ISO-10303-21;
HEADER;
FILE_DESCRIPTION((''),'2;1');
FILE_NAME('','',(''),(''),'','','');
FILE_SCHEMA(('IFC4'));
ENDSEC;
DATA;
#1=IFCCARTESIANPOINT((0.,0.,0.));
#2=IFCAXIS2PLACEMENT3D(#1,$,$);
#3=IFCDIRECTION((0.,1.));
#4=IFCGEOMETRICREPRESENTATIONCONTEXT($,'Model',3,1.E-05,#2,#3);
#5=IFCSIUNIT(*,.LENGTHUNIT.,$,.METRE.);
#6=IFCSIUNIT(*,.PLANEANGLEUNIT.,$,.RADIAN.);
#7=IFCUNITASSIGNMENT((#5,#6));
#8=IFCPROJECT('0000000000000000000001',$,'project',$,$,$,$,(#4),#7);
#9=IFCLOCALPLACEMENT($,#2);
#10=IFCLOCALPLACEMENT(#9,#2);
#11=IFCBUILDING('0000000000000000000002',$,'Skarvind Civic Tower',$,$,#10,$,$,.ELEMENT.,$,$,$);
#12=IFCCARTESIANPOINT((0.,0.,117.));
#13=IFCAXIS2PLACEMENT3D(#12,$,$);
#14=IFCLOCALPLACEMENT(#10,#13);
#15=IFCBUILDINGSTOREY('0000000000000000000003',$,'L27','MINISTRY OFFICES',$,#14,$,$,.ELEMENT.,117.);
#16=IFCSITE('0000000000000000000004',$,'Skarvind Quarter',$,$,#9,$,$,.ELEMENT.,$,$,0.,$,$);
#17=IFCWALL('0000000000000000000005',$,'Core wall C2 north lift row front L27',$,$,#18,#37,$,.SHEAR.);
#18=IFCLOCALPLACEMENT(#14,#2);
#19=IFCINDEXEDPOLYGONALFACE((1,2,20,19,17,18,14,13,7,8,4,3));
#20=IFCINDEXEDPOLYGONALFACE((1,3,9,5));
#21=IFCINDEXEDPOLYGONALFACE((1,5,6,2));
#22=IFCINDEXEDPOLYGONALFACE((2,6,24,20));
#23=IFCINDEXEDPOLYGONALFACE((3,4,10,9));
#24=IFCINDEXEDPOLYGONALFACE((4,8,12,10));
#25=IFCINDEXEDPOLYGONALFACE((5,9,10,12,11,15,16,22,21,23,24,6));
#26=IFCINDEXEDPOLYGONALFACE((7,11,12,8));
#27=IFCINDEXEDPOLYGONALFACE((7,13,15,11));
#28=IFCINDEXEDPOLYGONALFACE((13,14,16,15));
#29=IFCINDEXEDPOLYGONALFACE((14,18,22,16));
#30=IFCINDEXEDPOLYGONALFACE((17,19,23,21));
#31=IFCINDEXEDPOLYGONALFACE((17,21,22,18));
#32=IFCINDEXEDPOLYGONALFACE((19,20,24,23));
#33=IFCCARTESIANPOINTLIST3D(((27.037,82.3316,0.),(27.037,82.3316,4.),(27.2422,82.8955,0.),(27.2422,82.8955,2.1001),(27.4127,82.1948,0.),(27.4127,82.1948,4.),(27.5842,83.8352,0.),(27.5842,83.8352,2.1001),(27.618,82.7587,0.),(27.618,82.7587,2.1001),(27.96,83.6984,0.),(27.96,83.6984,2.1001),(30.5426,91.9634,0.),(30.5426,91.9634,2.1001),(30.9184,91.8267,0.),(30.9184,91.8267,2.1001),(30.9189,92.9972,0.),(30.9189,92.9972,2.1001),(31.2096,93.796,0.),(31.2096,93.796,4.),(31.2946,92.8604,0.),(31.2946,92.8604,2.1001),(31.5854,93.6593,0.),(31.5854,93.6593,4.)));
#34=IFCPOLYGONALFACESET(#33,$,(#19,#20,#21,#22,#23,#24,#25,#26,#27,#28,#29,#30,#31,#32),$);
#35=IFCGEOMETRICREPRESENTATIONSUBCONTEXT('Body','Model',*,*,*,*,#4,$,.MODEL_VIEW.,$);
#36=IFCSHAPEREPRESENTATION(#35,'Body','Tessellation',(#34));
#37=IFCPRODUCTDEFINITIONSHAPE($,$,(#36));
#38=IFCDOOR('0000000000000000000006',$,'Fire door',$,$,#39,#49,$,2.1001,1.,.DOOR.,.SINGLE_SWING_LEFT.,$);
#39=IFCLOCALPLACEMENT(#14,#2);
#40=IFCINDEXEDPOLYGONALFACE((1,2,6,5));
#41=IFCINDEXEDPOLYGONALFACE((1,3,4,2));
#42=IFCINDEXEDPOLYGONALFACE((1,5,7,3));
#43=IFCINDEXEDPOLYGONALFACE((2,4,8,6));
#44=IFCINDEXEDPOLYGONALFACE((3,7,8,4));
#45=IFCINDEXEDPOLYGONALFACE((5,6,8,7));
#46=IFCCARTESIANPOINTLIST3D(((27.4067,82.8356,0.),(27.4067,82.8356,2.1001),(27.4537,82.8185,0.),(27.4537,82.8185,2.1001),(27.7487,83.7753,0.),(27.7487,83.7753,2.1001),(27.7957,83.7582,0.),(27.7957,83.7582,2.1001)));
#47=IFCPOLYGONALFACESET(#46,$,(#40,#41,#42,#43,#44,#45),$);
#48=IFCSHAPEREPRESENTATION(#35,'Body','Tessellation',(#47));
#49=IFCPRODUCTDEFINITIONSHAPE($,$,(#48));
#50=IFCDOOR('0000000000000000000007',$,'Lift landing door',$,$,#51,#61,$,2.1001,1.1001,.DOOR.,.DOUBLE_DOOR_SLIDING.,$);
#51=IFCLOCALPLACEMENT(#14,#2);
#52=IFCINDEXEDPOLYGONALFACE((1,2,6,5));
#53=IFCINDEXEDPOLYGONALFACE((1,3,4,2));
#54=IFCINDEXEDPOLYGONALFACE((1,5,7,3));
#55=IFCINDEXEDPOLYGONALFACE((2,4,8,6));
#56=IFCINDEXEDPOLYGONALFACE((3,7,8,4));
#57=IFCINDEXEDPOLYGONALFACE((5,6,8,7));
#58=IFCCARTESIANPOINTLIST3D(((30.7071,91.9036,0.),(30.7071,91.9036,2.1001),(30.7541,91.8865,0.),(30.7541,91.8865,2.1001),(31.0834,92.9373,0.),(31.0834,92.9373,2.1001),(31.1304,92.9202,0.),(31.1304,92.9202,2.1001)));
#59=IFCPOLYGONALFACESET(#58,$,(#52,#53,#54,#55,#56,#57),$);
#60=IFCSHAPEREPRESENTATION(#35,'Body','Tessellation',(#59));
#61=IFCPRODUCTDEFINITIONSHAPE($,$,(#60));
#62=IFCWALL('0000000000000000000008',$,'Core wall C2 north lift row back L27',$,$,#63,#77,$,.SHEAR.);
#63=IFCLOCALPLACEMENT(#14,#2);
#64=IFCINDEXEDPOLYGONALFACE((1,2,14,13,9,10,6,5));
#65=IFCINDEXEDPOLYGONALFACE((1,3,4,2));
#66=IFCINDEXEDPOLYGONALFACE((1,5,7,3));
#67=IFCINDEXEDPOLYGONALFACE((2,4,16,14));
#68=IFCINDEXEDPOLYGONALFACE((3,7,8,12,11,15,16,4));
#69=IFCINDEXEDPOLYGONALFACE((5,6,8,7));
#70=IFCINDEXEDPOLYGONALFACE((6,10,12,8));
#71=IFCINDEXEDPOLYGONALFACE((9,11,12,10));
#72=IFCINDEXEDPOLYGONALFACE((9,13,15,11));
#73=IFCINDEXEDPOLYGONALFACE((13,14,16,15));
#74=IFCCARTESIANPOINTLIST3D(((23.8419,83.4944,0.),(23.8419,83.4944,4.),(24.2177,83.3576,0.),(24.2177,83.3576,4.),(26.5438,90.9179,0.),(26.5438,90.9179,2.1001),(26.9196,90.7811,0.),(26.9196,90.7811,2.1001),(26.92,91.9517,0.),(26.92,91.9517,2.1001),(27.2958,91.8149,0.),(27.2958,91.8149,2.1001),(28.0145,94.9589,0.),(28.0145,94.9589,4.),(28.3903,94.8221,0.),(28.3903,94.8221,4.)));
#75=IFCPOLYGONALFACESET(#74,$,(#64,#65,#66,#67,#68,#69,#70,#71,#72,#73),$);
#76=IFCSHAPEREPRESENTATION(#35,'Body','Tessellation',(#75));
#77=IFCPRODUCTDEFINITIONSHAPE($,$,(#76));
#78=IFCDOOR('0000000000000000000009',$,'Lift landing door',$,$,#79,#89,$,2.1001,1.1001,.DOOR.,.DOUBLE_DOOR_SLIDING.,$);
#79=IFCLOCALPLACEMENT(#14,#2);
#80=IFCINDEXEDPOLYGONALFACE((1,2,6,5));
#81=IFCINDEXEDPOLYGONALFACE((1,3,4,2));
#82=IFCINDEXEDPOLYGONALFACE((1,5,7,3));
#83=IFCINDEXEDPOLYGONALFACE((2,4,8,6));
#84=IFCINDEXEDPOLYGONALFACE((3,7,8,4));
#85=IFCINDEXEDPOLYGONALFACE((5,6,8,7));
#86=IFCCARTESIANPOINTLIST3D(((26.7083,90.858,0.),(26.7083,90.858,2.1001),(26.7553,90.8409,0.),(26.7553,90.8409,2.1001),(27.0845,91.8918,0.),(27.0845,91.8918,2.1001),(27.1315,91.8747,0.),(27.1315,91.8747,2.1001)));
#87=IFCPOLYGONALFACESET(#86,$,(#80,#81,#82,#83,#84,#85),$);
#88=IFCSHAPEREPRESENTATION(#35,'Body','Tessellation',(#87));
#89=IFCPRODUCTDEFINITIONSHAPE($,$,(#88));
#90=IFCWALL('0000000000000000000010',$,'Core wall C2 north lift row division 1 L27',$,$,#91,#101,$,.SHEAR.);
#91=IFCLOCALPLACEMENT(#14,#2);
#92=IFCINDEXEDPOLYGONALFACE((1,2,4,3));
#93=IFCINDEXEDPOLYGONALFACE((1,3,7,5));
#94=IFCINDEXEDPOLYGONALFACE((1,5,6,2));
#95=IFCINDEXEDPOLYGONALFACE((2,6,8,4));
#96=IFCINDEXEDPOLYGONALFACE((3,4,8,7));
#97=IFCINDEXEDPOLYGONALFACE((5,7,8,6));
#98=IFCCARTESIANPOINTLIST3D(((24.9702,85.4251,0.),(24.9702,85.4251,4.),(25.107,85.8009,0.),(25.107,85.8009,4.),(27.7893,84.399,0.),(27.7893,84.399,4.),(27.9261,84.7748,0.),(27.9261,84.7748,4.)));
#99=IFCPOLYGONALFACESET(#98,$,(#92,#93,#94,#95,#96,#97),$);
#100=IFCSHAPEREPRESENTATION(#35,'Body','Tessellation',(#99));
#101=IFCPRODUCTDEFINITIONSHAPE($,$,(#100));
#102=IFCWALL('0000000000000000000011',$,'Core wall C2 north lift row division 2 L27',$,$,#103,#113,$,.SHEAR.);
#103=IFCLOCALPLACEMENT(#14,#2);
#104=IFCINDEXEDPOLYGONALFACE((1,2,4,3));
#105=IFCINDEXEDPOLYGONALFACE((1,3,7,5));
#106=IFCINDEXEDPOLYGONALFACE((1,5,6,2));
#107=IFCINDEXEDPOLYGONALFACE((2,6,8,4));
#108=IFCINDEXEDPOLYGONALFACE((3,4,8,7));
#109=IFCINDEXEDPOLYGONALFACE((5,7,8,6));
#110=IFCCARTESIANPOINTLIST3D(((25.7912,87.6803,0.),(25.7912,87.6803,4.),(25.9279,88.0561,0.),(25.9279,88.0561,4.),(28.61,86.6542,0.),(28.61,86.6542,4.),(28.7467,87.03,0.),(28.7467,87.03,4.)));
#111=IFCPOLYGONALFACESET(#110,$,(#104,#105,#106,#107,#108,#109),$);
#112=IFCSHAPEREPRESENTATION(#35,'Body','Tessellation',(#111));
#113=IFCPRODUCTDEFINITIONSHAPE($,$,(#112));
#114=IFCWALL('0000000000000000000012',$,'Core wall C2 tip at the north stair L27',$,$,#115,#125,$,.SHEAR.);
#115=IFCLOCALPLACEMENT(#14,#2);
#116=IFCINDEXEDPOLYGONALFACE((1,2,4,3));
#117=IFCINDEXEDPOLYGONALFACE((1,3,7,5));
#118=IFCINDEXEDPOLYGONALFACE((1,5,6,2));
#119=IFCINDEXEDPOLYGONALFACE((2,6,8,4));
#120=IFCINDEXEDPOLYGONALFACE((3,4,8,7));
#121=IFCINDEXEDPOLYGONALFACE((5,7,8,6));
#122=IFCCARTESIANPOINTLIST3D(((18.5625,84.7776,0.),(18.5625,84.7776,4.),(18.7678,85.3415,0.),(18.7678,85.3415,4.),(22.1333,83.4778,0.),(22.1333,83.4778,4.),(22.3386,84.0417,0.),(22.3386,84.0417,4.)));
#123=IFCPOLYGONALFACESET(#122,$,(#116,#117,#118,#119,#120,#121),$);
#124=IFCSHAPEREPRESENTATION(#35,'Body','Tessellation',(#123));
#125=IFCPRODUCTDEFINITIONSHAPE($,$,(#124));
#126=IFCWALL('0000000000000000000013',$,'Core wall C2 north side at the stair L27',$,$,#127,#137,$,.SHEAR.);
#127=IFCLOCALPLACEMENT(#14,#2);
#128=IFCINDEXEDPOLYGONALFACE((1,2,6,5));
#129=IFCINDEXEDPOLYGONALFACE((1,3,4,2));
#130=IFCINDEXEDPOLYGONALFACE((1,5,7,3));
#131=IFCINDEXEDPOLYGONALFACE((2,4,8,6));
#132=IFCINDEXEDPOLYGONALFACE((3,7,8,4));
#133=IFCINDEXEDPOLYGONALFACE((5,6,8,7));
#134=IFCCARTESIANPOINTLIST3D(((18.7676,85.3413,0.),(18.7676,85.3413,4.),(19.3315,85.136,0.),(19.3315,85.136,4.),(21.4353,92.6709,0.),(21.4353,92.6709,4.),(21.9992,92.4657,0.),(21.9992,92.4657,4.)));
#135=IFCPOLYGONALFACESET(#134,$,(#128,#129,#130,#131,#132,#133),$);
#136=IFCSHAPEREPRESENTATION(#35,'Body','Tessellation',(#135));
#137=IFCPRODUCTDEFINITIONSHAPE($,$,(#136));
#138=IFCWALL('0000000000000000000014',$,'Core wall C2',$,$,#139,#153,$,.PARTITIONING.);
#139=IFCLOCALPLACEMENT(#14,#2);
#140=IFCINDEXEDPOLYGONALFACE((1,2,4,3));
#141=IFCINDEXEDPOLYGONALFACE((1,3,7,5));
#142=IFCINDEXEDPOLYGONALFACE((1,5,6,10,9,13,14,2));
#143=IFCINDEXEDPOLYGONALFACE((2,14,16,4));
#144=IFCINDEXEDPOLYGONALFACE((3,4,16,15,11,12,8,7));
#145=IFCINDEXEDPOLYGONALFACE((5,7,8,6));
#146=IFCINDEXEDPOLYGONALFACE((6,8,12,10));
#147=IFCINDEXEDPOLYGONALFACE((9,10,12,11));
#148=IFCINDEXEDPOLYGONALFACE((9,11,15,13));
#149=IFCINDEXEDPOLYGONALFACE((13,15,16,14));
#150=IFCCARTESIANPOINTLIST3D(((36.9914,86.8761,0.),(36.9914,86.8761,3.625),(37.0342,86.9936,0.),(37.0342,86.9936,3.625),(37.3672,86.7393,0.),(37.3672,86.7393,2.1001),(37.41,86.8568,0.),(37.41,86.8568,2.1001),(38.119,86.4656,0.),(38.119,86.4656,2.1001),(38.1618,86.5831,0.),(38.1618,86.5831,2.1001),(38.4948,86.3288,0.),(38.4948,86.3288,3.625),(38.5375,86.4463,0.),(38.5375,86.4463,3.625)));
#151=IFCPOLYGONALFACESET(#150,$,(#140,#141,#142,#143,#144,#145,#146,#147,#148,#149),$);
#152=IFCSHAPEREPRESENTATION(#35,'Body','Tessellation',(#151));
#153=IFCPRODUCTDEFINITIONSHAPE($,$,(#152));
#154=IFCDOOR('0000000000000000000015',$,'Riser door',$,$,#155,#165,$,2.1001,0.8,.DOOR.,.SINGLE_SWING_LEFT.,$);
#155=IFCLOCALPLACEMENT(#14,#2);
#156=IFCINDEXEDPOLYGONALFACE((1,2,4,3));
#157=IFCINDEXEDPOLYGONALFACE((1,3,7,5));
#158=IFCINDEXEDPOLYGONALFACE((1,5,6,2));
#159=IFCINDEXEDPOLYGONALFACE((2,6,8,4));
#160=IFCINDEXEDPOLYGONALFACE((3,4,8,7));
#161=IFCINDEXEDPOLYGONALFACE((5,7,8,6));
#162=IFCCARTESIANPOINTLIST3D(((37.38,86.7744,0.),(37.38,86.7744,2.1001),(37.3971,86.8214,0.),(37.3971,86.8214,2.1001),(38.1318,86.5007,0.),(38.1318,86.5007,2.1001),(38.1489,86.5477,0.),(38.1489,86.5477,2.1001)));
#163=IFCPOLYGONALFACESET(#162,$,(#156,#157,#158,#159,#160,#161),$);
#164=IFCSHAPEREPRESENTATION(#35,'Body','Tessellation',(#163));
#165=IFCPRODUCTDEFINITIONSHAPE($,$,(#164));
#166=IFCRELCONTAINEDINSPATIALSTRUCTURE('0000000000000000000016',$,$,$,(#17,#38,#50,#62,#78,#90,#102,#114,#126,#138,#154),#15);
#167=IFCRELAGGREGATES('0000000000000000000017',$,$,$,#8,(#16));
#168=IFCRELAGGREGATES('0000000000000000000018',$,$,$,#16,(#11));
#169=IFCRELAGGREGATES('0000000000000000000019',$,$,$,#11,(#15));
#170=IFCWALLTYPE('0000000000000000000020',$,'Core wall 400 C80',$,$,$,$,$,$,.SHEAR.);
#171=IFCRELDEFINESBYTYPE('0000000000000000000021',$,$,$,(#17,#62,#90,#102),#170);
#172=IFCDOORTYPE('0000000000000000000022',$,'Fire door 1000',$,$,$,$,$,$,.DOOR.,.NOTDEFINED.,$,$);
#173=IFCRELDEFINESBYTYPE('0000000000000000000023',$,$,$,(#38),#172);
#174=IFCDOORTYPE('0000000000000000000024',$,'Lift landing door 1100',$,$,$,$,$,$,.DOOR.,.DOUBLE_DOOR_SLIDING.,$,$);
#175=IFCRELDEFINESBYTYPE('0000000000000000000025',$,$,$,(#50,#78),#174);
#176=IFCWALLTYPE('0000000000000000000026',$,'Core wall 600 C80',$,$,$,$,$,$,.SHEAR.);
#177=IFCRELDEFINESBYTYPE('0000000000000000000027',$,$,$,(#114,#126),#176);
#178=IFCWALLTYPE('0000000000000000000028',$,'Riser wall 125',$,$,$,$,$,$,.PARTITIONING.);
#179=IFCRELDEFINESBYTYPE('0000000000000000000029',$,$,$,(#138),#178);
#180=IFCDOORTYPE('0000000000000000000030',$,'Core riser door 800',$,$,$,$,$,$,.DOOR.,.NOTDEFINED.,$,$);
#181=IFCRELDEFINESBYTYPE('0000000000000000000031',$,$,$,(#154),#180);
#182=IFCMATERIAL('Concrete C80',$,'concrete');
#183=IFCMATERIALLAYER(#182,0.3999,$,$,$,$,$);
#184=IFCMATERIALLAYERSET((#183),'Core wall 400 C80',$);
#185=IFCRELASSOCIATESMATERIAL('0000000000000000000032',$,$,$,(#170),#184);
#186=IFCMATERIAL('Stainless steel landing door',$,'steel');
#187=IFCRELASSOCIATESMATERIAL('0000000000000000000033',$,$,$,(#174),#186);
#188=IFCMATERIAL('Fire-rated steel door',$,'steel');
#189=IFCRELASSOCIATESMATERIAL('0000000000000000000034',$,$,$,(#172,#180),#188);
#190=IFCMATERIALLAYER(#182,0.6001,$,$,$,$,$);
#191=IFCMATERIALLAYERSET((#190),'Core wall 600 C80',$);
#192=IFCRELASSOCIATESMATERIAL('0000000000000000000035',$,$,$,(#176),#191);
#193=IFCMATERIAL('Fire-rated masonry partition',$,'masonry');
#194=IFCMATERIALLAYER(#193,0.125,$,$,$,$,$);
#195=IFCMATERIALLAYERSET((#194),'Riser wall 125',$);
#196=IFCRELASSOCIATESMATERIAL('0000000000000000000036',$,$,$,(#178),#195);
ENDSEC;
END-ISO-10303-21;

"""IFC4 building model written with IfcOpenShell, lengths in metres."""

from ifc_helpers import new_model, si_unit, direction, frame, frame_2d, origin, place, context, subcontext, project, spatial, rectangle, extrude, material, layer, layer_set, type_object, element, fill, save


model = new_model("IFC4")

# Units and contexts
model_context = context("Model", 3, precision=1e-05, world=origin(), true_north=direction((0.0, 1.0)))
body_context = subcontext(model_context, "Body", "Model", "MODEL_VIEW")
ifc_project = project(units=[si_unit("LENGTHUNIT", "METRE"), si_unit("PLANEANGLEUNIT", "RADIAN")], contexts=[model_context])

# Site, building, storey
site_placement = place(None, origin())
site = spatial("IfcSite", under=ifc_project, at=site_placement, Name="Skarvind Quarter", CompositionType="ELEMENT", RefElevation=0.0)
building_placement = place(site_placement, origin())
building = spatial("IfcBuilding", under=site, at=building_placement, Name="Skarvind Civic Tower", CompositionType="ELEMENT")
storey_placement = place(building_placement, frame((0.0, 0.0, 117.0)))
storey = spatial("IfcBuildingStorey", under=building, at=storey_placement, Name="L27", Description="MINISTRY OFFICES", CompositionType="ELEMENT", Elevation=117.0)

# Shared definitions
ifc_material_1 = material(Name="Concrete C80", Category="concrete")
ifc_layer_1 = layer(ifc_material_1, 0.3999)
ifc_layer_set_1 = layer_set([ifc_layer_1], Name="Core wall 400 C80")
wall_type_1 = type_object("IfcWallType", Name="Core wall 400 C80", PredefinedType="SHEAR", material=ifc_layer_set_1)

# Shared definitions
ifc_material_2 = material(Name="Stainless steel landing door", Category="steel")
door_type_1 = type_object("IfcDoorType", Name="Lift landing door 1100", OperationType="DOUBLE_DOOR_SLIDING", PredefinedType="DOOR", material=ifc_material_2)

# Wall, openings, doors
wall_1_placement = place(storey_placement, frame((27.2249, 82.2632, 0.0), z_axis=(0.0, 0.0, 1.0), x_axis=(0.342015, 0.939695, 0.0)))
wall_1 = element("IfcWall", 1, at=wall_1_placement, inside=storey, type_object=wall_type_1, Name="Core wall C2 north lift row front L27", PredefinedType="SHEAR", context=body_context, shape_type="SweptSolid", body=[
    extrude(rectangle(XDim=12.2002, YDim=0.3999, at=frame_2d((6.1001, 0.0))), origin(), (0.0, 0.0, 1.0), 4.0),
])
opening_1_placement = place(wall_1_placement, frame((10.25, 0.0, 0.0)))
opening_1 = element("IfcOpeningElement", 2, at=opening_1_placement, cuts=wall_1, PredefinedType="OPENING", context=body_context, shape_type="SweptSolid", body=[
    extrude(rectangle(XDim=1.1001, YDim=2.1001, at=frame_2d((0.55, 1.05))), frame((0.0, 0.21, 0.0), z_axis=(0.0, -1.0, 0.0), x_axis=(1.0, 0.0, 0.0)), (0.0, 0.0, 1.0), 0.4199),
])
opening_2_placement = place(wall_1_placement, frame((0.6001, 0.0, 0.0)))
opening_2 = element("IfcOpeningElement", 3, at=opening_2_placement, cuts=wall_1, PredefinedType="OPENING", context=body_context, shape_type="SweptSolid", body=[
    extrude(rectangle(XDim=1.0, YDim=2.1001, at=frame_2d((0.5, 1.05))), frame((0.0, 0.21, 0.0), z_axis=(0.0, -1.0, 0.0), x_axis=(1.0, 0.0, 0.0)), (0.0, 0.0, 1.0), 0.4199),
])
ifc_material_3 = material(Name="Fire-rated steel door", Category="steel")
door_type_2 = type_object("IfcDoorType", Name="Fire door 1000", OperationType="NOTDEFINED", PredefinedType="DOOR", material=ifc_material_3)
door_1_placement = place(opening_2_placement, origin())
door_1 = element("IfcDoor", 4, at=door_1_placement, inside=storey, type_object=door_type_2, Name="Fire door", OperationType="SINGLE_SWING_LEFT", OverallHeight=2.1001, OverallWidth=1.0, PredefinedType="DOOR", context=body_context, shape_type="SweptSolid", body=[
    extrude(rectangle(XDim=1.0, YDim=2.1001, at=frame_2d((0.5, 1.05))), frame((0.0, 0.0249, 0.0), z_axis=(0.0, -1.0, 0.0), x_axis=(1.0, 0.0, 0.0)), (0.0, 0.0, 1.0), 0.05),
])
fill(opening_2, door_1)
door_2_placement = place(opening_1_placement, origin())
door_2 = element("IfcDoor", 5, at=door_2_placement, inside=storey, type_object=door_type_1, Name="Lift landing door", OperationType="DOUBLE_DOOR_SLIDING", OverallHeight=2.1001, OverallWidth=1.1001, PredefinedType="DOOR", context=body_context, shape_type="SweptSolid", body=[
    extrude(rectangle(XDim=1.1001, YDim=2.1001, at=frame_2d((0.55, 1.05))), frame((0.0, 0.0249, 0.0), z_axis=(0.0, -1.0, 0.0), x_axis=(1.0, 0.0, 0.0)), (0.0, 0.0, 1.0), 0.05),
])
fill(opening_1, door_2)

# Wall, opening, door
wall_2_placement = place(storey_placement, frame((24.0298, 83.426, 0.0), z_axis=(0.0, 0.0, 1.0), x_axis=(0.342015, 0.939695, 0.0)))
wall_2 = element("IfcWall", 6, at=wall_2_placement, inside=storey, type_object=wall_type_1, Name="Core wall C2 north lift row back L27", PredefinedType="SHEAR", context=body_context, shape_type="SweptSolid", body=[
    extrude(rectangle(XDim=12.2002, YDim=0.3999, at=frame_2d((6.1001, 0.0))), origin(), (0.0, 0.0, 1.0), 4.0),
])
opening_3_placement = place(wall_2_placement, frame((7.8999, 0.0, 0.0)))
opening_3 = element("IfcOpeningElement", 7, at=opening_3_placement, cuts=wall_2, PredefinedType="OPENING", context=body_context, shape_type="SweptSolid", body=[
    extrude(rectangle(XDim=1.1001, YDim=2.1001, at=frame_2d((0.55, 1.05))), frame((0.0, 0.21, 0.0), z_axis=(0.0, -1.0, 0.0), x_axis=(1.0, 0.0, 0.0)), (0.0, 0.0, 1.0), 0.4199),
])
door_3_placement = place(opening_3_placement, origin())
door_3 = element("IfcDoor", 8, at=door_3_placement, inside=storey, type_object=door_type_1, Name="Lift landing door", OperationType="DOUBLE_DOOR_SLIDING", OverallHeight=2.1001, OverallWidth=1.1001, PredefinedType="DOOR", context=body_context, shape_type="SweptSolid", body=[
    extrude(rectangle(XDim=1.1001, YDim=2.1001, at=frame_2d((0.55, 1.05))), frame((0.0, 0.0249, 0.0), z_axis=(0.0, -1.0, 0.0), x_axis=(1.0, 0.0, 0.0)), (0.0, 0.0, 1.0), 0.05),
])
fill(opening_3, door_3)

# Walls
wall_3_placement = place(storey_placement, frame((27.8577, 84.5869, 0.0), z_axis=(0.0, 0.0, 1.0), x_axis=(-0.939686, 0.342037, 0.0)))
element("IfcWall", 9, at=wall_3_placement, inside=storey, type_object=wall_type_1, Name="Core wall C2 north lift row division 1 L27", PredefinedType="SHEAR", context=body_context, shape_type="SweptSolid", body=[
    extrude(rectangle(XDim=3.0, YDim=0.3999, at=frame_2d((1.5, 0.0))), origin(), (0.0, 0.0, 1.0), 4.0),
])
wall_4_placement = place(storey_placement, frame((28.6785, 86.842, 0.0), z_axis=(0.0, 0.0, 1.0), x_axis=(-0.939677, 0.342063, 0.0)))
element("IfcWall", 10, at=wall_4_placement, inside=storey, type_object=wall_type_1, Name="Core wall C2 north lift row division 2 L27", PredefinedType="SHEAR", context=body_context, shape_type="SweptSolid", body=[
    extrude(rectangle(XDim=2.9998, YDim=0.3999, at=frame_2d((1.5, 0.0))), origin(), (0.0, 0.0, 1.0), 4.0),
])
ifc_layer_2 = layer(ifc_material_1, 0.6001)
ifc_layer_set_2 = layer_set([ifc_layer_2], Name="Core wall 600 C80")
wall_type_2 = type_object("IfcWallType", Name="Core wall 600 C80", PredefinedType="SHEAR", material=ifc_layer_set_2)
wall_5_placement = place(storey_placement, frame((22.2358, 83.7598, 0.0), z_axis=(0.0, 0.0, 1.0), x_axis=(-0.939681, 0.342053, 0.0)))
element("IfcWall", 11, at=wall_5_placement, inside=storey, type_object=wall_type_2, Name="Core wall C2 tip at the north stair L27", PredefinedType="SHEAR", context=body_context, shape_type="SweptSolid", body=[
    extrude(rectangle(XDim=3.8, YDim=0.6001, at=frame_2d((1.8999, 0.0))), origin(), (0.0, 0.0, 1.0), 4.0),
])
wall_6_placement = place(storey_placement, frame((19.0496, 85.2388, 0.0), z_axis=(0.0, 0.0, 1.0), x_axis=(0.342017, 0.939694, 0.0)))
element("IfcWall", 12, at=wall_6_placement, inside=storey, type_object=wall_type_2, Name="Core wall C2 north side at the stair L27", PredefinedType="SHEAR", context=body_context, shape_type="SweptSolid", body=[
    extrude(rectangle(XDim=7.8, YDim=0.6001, at=frame_2d((3.8999, 0.0))), origin(), (0.0, 0.0, 1.0), 4.0),
])

# Wall, opening, door
ifc_material_4 = material(Name="Fire-rated masonry partition", Category="masonry")
ifc_layer_3 = layer(ifc_material_4, 0.125)
ifc_layer_set_3 = layer_set([ifc_layer_3], Name="Riser wall 125")
wall_type_3 = type_object("IfcWallType", Name="Riser wall 125", PredefinedType="PARTITIONING", material=ifc_layer_set_3)
wall_7_placement = place(storey_placement, frame((37.0129, 86.9348, 0.0), z_axis=(0.0, 0.0, 1.0), x_axis=(0.93966, -0.342111, 0.0)))
wall_7 = element("IfcWall", 13, at=wall_7_placement, inside=storey, type_object=wall_type_3, Name="Core wall C2", PredefinedType="PARTITIONING", context=body_context, shape_type="SweptSolid", body=[
    extrude(rectangle(XDim=1.5999, YDim=0.125, at=frame_2d((0.7998, 0.0))), origin(), (0.0, 0.0, 1.0), 3.625),
])
opening_4_placement = place(wall_7_placement, frame((0.3999, 0.0, 0.0)))
opening_4 = element("IfcOpeningElement", 14, at=opening_4_placement, cuts=wall_7, PredefinedType="OPENING", context=body_context, shape_type="SweptSolid", body=[
    extrude(rectangle(XDim=0.8, YDim=2.1001, at=frame_2d((0.3999, 1.05))), frame((0.0, 0.0725, 0.0), z_axis=(0.0, -1.0, 0.0), x_axis=(1.0, 0.0, 0.0)), (0.0, 0.0, 1.0), 0.145),
])
door_type_3 = type_object("IfcDoorType", Name="Core riser door 800", OperationType="NOTDEFINED", PredefinedType="DOOR", material=ifc_material_3)
door_4_placement = place(opening_4_placement, origin())
door_4 = element("IfcDoor", 15, at=door_4_placement, inside=storey, type_object=door_type_3, Name="Riser door", OperationType="SINGLE_SWING_LEFT", OverallHeight=2.1001, OverallWidth=0.8, PredefinedType="DOOR", context=body_context, shape_type="SweptSolid", body=[
    extrude(rectangle(XDim=0.8, YDim=2.1001, at=frame_2d((0.3999, 1.05))), frame((0.0, 0.0249, 0.0), z_axis=(0.0, -1.0, 0.0), x_axis=(1.0, 0.0, 0.0)), (0.0, 0.0, 1.0), 0.05),
])
fill(opening_4, door_4)

save(model, "model.ifc")
